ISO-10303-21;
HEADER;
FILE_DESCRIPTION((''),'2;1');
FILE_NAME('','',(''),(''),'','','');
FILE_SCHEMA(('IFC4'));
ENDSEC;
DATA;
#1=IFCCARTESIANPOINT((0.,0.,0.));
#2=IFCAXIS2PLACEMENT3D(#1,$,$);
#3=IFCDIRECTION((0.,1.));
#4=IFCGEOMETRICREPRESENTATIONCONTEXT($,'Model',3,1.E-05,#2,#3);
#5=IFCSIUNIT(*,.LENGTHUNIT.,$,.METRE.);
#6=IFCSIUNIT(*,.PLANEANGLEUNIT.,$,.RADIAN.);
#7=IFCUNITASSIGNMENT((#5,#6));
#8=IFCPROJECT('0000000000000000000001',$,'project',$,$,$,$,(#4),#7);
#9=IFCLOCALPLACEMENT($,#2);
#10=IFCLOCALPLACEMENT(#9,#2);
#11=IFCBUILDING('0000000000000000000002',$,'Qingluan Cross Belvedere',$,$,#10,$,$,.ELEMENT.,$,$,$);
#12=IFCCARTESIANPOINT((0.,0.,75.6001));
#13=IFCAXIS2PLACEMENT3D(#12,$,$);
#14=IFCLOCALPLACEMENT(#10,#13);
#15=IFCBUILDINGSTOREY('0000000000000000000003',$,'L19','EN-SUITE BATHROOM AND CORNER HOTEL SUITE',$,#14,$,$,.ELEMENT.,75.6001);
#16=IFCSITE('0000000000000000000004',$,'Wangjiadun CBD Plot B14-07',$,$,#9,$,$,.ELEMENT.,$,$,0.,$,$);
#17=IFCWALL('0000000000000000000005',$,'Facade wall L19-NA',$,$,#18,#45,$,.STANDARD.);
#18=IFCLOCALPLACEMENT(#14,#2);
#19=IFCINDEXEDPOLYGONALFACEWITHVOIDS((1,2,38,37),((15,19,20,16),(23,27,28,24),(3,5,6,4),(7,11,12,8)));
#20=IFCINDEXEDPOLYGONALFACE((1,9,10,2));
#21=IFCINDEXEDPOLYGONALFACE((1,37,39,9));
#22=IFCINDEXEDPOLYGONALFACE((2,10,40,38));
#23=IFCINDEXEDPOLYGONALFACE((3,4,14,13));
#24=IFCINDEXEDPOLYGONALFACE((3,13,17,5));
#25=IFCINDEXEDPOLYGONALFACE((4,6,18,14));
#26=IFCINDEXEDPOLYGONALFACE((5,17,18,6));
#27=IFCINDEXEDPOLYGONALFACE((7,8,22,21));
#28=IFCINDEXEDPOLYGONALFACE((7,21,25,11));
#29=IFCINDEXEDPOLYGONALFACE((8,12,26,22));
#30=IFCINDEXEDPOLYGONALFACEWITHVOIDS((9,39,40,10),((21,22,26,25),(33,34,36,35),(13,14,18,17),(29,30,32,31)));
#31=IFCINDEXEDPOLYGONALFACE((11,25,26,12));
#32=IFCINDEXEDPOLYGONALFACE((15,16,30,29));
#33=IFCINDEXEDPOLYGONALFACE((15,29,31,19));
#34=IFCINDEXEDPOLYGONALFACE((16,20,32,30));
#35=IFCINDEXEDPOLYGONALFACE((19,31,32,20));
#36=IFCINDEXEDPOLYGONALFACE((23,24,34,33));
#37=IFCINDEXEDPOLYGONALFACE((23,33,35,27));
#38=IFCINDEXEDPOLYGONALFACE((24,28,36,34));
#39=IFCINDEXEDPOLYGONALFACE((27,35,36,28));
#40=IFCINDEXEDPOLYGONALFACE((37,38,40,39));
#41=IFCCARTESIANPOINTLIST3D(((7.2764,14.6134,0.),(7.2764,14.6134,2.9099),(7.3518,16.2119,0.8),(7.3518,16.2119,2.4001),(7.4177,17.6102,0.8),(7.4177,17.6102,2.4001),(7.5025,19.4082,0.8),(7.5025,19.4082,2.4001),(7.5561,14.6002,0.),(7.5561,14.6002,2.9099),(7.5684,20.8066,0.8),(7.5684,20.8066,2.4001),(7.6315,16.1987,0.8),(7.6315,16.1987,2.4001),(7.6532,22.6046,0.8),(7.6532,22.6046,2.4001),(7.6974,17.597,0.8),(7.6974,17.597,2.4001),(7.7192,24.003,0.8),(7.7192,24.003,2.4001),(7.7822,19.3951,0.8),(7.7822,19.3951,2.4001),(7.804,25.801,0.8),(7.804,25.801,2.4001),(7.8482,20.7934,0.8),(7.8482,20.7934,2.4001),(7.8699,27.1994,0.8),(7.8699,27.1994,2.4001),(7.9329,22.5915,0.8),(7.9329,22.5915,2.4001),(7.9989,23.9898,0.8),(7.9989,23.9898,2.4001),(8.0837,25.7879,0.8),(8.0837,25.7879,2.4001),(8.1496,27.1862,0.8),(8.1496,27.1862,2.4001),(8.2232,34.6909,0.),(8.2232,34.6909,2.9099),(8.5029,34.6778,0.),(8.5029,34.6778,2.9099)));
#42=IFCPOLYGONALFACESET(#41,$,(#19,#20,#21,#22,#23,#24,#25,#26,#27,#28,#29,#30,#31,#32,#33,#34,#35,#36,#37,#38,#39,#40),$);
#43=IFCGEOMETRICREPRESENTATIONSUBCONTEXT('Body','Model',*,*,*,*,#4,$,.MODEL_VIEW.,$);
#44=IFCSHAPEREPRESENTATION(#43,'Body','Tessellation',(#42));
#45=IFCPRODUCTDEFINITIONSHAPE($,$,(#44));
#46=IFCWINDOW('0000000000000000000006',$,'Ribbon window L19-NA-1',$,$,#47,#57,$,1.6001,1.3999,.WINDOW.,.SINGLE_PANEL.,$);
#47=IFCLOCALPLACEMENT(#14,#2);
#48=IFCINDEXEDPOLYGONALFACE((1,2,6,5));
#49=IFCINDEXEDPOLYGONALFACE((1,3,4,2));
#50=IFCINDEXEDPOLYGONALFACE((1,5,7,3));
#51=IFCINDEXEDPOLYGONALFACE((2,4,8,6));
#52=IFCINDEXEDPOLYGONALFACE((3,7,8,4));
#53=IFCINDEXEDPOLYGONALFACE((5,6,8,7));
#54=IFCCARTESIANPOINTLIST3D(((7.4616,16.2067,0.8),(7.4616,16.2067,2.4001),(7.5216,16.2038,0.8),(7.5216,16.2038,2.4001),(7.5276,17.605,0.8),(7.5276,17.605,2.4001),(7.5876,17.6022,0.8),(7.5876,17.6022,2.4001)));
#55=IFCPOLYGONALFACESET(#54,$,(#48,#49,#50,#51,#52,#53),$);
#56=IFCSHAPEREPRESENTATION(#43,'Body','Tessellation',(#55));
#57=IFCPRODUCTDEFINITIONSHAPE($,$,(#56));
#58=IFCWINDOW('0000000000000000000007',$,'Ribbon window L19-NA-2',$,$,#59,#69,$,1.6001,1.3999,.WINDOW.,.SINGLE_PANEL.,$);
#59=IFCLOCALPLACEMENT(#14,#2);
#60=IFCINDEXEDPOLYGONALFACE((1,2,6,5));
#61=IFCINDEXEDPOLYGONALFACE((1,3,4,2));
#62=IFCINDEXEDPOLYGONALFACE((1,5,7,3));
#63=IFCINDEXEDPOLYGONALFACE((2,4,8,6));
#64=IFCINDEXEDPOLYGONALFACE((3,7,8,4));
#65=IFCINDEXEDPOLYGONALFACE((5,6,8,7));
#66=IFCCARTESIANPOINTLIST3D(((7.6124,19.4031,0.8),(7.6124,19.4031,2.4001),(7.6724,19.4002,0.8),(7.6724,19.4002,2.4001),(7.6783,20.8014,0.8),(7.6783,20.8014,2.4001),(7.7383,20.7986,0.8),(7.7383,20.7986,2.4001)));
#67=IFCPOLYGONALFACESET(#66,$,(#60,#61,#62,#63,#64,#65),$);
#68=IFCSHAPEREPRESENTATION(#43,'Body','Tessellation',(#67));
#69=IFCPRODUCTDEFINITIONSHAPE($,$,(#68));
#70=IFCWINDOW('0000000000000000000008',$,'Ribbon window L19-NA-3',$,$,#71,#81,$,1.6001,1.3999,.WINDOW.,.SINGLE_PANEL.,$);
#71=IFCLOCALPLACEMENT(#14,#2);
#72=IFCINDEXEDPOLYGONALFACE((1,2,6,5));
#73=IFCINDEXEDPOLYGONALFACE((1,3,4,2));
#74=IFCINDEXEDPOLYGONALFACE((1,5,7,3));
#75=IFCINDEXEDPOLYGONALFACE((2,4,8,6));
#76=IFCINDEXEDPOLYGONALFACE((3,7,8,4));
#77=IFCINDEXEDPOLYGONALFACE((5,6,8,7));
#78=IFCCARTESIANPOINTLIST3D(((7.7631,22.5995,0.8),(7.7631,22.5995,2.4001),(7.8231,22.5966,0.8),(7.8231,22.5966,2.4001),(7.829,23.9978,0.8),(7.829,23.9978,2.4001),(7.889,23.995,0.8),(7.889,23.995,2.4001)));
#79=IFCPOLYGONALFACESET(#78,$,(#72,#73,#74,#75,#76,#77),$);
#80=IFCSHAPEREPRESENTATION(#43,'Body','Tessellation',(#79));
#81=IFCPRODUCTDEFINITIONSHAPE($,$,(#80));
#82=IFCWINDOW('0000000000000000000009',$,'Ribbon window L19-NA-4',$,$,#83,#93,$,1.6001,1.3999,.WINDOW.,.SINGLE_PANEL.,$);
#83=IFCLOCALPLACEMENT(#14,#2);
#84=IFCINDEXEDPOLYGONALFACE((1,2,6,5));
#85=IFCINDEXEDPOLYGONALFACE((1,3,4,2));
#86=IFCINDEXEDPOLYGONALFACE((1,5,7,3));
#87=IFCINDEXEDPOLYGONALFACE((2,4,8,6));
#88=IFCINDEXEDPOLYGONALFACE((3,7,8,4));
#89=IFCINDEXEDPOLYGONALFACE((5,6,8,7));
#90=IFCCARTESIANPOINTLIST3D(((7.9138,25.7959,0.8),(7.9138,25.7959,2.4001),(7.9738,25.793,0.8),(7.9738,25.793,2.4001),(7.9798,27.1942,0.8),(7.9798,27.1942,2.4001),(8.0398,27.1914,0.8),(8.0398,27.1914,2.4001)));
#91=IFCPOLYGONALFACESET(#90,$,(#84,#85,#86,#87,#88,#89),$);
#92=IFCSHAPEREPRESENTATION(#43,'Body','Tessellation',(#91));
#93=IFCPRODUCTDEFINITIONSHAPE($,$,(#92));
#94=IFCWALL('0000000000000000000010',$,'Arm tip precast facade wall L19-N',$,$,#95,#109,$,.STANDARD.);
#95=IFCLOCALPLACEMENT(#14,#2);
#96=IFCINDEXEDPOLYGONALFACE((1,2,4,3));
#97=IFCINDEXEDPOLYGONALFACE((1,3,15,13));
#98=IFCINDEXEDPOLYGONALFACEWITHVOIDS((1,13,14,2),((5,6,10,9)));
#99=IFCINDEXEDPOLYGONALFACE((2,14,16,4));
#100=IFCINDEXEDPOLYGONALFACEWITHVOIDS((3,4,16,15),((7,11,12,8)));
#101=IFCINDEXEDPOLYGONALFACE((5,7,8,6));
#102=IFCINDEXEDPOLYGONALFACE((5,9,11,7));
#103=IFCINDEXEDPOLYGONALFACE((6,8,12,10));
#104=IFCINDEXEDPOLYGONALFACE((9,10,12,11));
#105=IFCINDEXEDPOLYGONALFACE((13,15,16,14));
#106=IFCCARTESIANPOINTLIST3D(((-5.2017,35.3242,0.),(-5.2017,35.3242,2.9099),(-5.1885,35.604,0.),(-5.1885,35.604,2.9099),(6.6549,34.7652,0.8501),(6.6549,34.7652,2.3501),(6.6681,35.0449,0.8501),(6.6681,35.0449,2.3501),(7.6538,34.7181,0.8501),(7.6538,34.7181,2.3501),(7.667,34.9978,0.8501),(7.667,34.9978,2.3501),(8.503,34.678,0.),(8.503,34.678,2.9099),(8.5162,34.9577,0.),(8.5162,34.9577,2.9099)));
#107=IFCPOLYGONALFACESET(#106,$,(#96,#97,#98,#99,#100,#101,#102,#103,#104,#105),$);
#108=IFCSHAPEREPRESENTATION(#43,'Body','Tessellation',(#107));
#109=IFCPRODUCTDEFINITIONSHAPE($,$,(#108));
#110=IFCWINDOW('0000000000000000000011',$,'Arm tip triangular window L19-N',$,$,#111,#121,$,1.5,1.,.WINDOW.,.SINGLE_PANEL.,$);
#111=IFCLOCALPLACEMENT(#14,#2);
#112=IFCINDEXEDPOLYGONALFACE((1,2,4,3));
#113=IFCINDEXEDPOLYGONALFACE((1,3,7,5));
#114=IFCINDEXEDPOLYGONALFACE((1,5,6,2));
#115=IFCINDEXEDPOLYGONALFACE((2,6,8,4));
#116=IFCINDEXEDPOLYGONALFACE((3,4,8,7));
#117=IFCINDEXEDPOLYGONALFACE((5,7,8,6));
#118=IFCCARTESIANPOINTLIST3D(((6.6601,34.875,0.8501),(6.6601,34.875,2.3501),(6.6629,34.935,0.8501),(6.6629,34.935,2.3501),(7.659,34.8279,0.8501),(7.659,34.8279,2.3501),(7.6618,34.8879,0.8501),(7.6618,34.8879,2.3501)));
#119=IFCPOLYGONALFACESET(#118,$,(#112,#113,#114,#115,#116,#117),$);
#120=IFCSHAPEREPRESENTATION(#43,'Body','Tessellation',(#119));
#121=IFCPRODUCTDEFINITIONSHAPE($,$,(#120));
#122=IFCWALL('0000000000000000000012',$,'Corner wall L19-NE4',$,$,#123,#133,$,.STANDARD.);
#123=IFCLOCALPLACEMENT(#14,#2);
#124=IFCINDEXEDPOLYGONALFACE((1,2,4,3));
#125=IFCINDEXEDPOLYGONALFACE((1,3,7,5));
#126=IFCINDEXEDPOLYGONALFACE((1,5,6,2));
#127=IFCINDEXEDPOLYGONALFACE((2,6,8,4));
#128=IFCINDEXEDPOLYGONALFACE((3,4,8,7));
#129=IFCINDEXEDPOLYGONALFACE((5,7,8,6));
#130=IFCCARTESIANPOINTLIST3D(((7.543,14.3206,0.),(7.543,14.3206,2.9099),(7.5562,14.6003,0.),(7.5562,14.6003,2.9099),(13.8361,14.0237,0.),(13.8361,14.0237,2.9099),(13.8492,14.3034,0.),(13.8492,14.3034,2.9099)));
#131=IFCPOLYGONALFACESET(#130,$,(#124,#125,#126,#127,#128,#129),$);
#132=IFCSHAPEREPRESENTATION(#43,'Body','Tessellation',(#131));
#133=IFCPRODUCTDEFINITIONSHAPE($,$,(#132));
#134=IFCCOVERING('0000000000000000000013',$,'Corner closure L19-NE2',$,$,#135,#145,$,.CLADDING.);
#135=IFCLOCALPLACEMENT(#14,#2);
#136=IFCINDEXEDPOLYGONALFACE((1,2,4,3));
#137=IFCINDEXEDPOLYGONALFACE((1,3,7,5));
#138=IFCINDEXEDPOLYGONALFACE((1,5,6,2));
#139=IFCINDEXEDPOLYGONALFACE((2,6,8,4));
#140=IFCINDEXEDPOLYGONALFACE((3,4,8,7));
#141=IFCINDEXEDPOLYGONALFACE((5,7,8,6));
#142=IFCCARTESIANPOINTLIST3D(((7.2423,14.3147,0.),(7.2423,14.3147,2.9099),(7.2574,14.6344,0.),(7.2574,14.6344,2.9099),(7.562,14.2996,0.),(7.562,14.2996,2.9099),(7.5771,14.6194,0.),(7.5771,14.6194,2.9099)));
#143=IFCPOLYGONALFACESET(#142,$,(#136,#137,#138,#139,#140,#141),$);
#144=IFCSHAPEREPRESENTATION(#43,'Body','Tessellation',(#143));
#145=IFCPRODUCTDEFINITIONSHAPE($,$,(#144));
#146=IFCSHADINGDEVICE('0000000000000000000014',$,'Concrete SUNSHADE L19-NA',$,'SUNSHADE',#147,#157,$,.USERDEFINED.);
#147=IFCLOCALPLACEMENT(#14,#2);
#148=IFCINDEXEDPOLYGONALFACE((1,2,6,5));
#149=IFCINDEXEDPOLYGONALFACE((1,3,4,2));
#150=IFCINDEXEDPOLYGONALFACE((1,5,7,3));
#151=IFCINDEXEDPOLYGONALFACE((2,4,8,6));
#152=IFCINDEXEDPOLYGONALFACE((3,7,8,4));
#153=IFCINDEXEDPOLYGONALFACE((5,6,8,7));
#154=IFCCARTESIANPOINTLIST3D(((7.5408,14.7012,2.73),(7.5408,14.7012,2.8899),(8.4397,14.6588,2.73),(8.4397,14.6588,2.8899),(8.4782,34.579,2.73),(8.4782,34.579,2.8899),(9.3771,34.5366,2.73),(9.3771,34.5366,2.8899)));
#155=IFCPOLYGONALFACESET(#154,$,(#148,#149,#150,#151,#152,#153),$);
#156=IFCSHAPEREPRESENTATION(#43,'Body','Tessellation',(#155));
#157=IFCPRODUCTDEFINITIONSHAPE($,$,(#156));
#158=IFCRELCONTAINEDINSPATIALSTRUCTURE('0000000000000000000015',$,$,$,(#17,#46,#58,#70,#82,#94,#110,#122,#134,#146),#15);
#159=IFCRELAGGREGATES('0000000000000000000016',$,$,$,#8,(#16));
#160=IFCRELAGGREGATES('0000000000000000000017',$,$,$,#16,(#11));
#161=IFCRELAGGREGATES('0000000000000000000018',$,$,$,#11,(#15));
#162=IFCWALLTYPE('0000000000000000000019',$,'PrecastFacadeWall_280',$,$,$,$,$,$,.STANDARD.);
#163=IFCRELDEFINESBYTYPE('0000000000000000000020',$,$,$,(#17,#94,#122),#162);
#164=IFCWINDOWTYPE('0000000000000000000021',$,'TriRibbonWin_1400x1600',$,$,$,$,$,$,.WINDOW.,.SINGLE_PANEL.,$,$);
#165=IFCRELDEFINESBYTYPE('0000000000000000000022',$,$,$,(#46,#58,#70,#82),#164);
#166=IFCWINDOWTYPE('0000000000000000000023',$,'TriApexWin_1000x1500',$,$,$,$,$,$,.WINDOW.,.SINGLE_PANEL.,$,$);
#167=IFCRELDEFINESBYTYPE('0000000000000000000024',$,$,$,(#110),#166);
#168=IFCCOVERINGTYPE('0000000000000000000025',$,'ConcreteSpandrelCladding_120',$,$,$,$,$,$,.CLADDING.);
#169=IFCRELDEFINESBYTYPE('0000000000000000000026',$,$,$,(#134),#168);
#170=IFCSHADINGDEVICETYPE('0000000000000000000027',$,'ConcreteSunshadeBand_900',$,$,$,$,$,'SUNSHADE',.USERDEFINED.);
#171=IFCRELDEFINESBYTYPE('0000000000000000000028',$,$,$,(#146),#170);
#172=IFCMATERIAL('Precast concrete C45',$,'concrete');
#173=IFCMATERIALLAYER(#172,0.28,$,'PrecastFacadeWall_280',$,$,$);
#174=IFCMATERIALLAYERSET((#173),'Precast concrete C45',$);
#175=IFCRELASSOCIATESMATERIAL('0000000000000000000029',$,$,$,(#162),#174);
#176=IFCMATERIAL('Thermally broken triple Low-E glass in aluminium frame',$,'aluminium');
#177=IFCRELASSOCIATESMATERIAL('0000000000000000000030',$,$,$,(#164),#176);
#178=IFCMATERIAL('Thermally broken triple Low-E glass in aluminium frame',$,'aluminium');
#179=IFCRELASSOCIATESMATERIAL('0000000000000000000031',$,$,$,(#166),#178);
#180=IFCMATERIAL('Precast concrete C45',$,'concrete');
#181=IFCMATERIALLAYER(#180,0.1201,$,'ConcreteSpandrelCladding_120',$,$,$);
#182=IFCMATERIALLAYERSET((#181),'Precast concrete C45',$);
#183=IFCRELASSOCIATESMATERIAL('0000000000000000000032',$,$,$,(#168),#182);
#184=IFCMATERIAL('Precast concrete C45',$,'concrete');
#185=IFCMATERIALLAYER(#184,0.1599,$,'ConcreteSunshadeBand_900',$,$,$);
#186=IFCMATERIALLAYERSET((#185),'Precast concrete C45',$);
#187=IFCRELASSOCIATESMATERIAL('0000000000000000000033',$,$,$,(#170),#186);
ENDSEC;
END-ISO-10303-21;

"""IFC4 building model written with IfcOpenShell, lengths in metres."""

from ifc_helpers import new_model, si_unit, direction, frame, frame_2d, origin, origin_2d, place, context, subcontext, project, spatial, rectangle, extrude, material, layer, layer_set, type_object, element, fill, save


model = new_model("IFC4")

# Units and contexts
model_context = context("Model", 3, precision=1e-05, world=origin(), true_north=direction((0.0, 1.0)))
body_context = subcontext(model_context, "Body", "Model", "MODEL_VIEW")
ifc_project = project(units=[si_unit("LENGTHUNIT", "METRE"), si_unit("PLANEANGLEUNIT", "RADIAN")], contexts=[model_context])

# Site, building, storey
site_placement = place(None, origin())
site = spatial("IfcSite", under=ifc_project, at=site_placement, Name="Wangjiadun CBD Plot B14-07", CompositionType="ELEMENT", RefElevation=0.0)
building_placement = place(site_placement, origin())
building = spatial("IfcBuilding", under=site, at=building_placement, Name="Qingluan Cross Belvedere", CompositionType="ELEMENT")
storey_placement = place(building_placement, frame((0.0, 0.0, 75.6001)))
storey = spatial("IfcBuildingStorey", under=building, at=storey_placement, Name="L19", Description="EN-SUITE BATHROOM AND CORNER HOTEL SUITE", CompositionType="ELEMENT", Elevation=75.6001)

# Wall, openings, windows
ifc_material_1 = material(Name="Precast concrete C45", Category="concrete")
ifc_layer_1 = layer(ifc_material_1, 0.28, Name="PrecastFacadeWall_280")
ifc_layer_set_1 = layer_set([ifc_layer_1], Name="Precast concrete C45")
wall_type_1 = type_object("IfcWallType", Name="PrecastFacadeWall_280", PredefinedType="STANDARD", material=ifc_layer_set_1)
wall_1_placement = place(storey_placement, frame((7.4163, 14.6069, 0.0), z_axis=(0.0, 0.0, 1.0), x_axis=(0.047103, 0.99889, 0.0)))
wall_1 = element("IfcWall", 1, at=wall_1_placement, inside=storey, type_object=wall_type_1, Name="Facade wall L19-NA", PredefinedType="STANDARD", context=body_context, shape_type="SweptSolid", body=[
    extrude(rectangle(XDim=20.0999, YDim=0.28, at=frame_2d((10.0498, 0.0))), origin(), (0.0, 0.0, 1.0), 2.9099),
])
opening_1_placement = place(wall_1_placement, frame((1.6001, 0.0, 0.8)))
opening_1 = element("IfcOpeningElement", 2, at=opening_1_placement, cuts=wall_1, PredefinedType="OPENING", context=body_context, shape_type="SweptSolid", body=[
    extrude(rectangle(XDim=1.3999, YDim=1.6001, at=frame_2d((0.7, 0.8))), frame((0.0, 0.1499, 0.0), z_axis=(0.0, -1.0, 0.0), x_axis=(1.0, 0.0, 0.0)), (0.0, 0.0, 1.0), 0.3),
])
opening_2_placement = place(wall_1_placement, frame((4.8, 0.0, 0.8)))
opening_2 = element("IfcOpeningElement", 3, at=opening_2_placement, cuts=wall_1, PredefinedType="OPENING", context=body_context, shape_type="SweptSolid", body=[
    extrude(rectangle(XDim=1.3999, YDim=1.6001, at=frame_2d((0.7, 0.8))), frame((0.0, 0.1499, 0.0), z_axis=(0.0, -1.0, 0.0), x_axis=(1.0, 0.0, 0.0)), (0.0, 0.0, 1.0), 0.3),
])
opening_3_placement = place(wall_1_placement, frame((8.0, 0.0, 0.8)))
opening_3 = element("IfcOpeningElement", 4, at=opening_3_placement, cuts=wall_1, PredefinedType="OPENING", context=body_context, shape_type="SweptSolid", body=[
    extrude(rectangle(XDim=1.3999, YDim=1.6001, at=frame_2d((0.7, 0.8))), frame((0.0, 0.1499, 0.0), z_axis=(0.0, -1.0, 0.0), x_axis=(1.0, 0.0, 0.0)), (0.0, 0.0, 1.0), 0.3),
])
opening_4_placement = place(wall_1_placement, frame((11.2, 0.0, 0.8)))
opening_4 = element("IfcOpeningElement", 5, at=opening_4_placement, cuts=wall_1, PredefinedType="OPENING", context=body_context, shape_type="SweptSolid", body=[
    extrude(rectangle(XDim=1.3999, YDim=1.6001, at=frame_2d((0.7, 0.8))), frame((0.0, 0.1499, 0.0), z_axis=(0.0, -1.0, 0.0), x_axis=(1.0, 0.0, 0.0)), (0.0, 0.0, 1.0), 0.3),
])
ifc_material_2 = material(Name="Thermally broken triple Low-E glass in aluminium frame", Category="aluminium")
window_type_1 = type_object("IfcWindowType", Name="TriRibbonWin_1400x1600", PartitioningType="SINGLE_PANEL", PredefinedType="WINDOW", material=ifc_material_2)
window_1_placement = place(opening_1_placement, origin())
window_1 = element("IfcWindow", 6, at=window_1_placement, inside=storey, type_object=window_type_1, Name="Ribbon window L19-NA-1", OverallHeight=1.6001, OverallWidth=1.3999, PartitioningType="SINGLE_PANEL", PredefinedType="WINDOW", context=body_context, shape_type="SweptSolid", body=[
    extrude(rectangle(XDim=1.3999, YDim=1.6001, at=frame_2d((0.7, 0.8))), frame((0.0, 0.03, 0.0), z_axis=(0.0, -1.0, 0.0), x_axis=(1.0, 0.0, 0.0)), (0.0, 0.0, 1.0), 0.0601),
])
fill(opening_1, window_1)
window_2_placement = place(opening_2_placement, origin())
window_2 = element("IfcWindow", 7, at=window_2_placement, inside=storey, type_object=window_type_1, Name="Ribbon window L19-NA-2", OverallHeight=1.6001, OverallWidth=1.3999, PartitioningType="SINGLE_PANEL", PredefinedType="WINDOW", context=body_context, shape_type="SweptSolid", body=[
    extrude(rectangle(XDim=1.3999, YDim=1.6001, at=frame_2d((0.7, 0.8))), frame((0.0, 0.03, 0.0), z_axis=(0.0, -1.0, 0.0), x_axis=(1.0, 0.0, 0.0)), (0.0, 0.0, 1.0), 0.0601),
])
fill(opening_2, window_2)
window_3_placement = place(opening_3_placement, origin())
window_3 = element("IfcWindow", 8, at=window_3_placement, inside=storey, type_object=window_type_1, Name="Ribbon window L19-NA-3", OverallHeight=1.6001, OverallWidth=1.3999, PartitioningType="SINGLE_PANEL", PredefinedType="WINDOW", context=body_context, shape_type="SweptSolid", body=[
    extrude(rectangle(XDim=1.3999, YDim=1.6001, at=frame_2d((0.7, 0.8))), frame((0.0, 0.03, 0.0), z_axis=(0.0, -1.0, 0.0), x_axis=(1.0, 0.0, 0.0)), (0.0, 0.0, 1.0), 0.0601),
])
fill(opening_3, window_3)
window_4_placement = place(opening_4_placement, origin())
window_4 = element("IfcWindow", 9, at=window_4_placement, inside=storey, type_object=window_type_1, Name="Ribbon window L19-NA-4", OverallHeight=1.6001, OverallWidth=1.3999, PartitioningType="SINGLE_PANEL", PredefinedType="WINDOW", context=body_context, shape_type="SweptSolid", body=[
    extrude(rectangle(XDim=1.3999, YDim=1.6001, at=frame_2d((0.7, 0.8))), frame((0.0, 0.03, 0.0), z_axis=(0.0, -1.0, 0.0), x_axis=(1.0, 0.0, 0.0)), (0.0, 0.0, 1.0), 0.0601),
])
fill(opening_4, window_4)

# Wall, opening, window
wall_2_placement = place(storey_placement, frame((8.5095, 34.8179, 0.0), z_axis=(0.0, 0.0, 1.0), x_axis=(-0.99889, 0.047102, 0.0)))
wall_2 = element("IfcWall", 10, at=wall_2_placement, inside=storey, type_object=wall_type_1, Name="Arm tip precast facade wall L19-N", PredefinedType="STANDARD", context=body_context, shape_type="SweptSolid", body=[
    extrude(rectangle(XDim=13.72, YDim=0.28, at=frame_2d((6.8599, 0.0))), origin(), (0.0, 0.0, 1.0), 2.9099),
])
opening_5_placement = place(wall_2_placement, frame((0.8501, 0.0, 0.8501)))
opening_5 = element("IfcOpeningElement", 11, at=opening_5_placement, cuts=wall_2, PredefinedType="OPENING", context=body_context, shape_type="SweptSolid", body=[
    extrude(rectangle(XDim=1.0, YDim=1.5, at=frame_2d((0.5, 0.75))), frame((0.0, 0.1499, 0.0), z_axis=(0.0, -1.0, 0.0), x_axis=(1.0, 0.0, 0.0)), (0.0, 0.0, 1.0), 0.3),
])
ifc_material_3 = material(Name="Thermally broken triple Low-E glass in aluminium frame", Category="aluminium")
window_type_2 = type_object("IfcWindowType", Name="TriApexWin_1000x1500", PartitioningType="SINGLE_PANEL", PredefinedType="WINDOW", material=ifc_material_3)
window_5_placement = place(opening_5_placement, origin())
window_5 = element("IfcWindow", 12, at=window_5_placement, inside=storey, type_object=window_type_2, Name="Arm tip triangular window L19-N", OverallHeight=1.5, OverallWidth=1.0, PartitioningType="SINGLE_PANEL", PredefinedType="WINDOW", context=body_context, shape_type="SweptSolid", body=[
    extrude(rectangle(XDim=1.0, YDim=1.5, at=frame_2d((0.5, 0.75))), frame((0.0, 0.03, 0.0), z_axis=(0.0, -1.0, 0.0), x_axis=(1.0, 0.0, 0.0)), (0.0, 0.0, 1.0), 0.0601),
])
fill(opening_5, window_5)

# Wall
wall_3_placement = place(storey_placement, frame((13.8425, 14.1636, 0.0), z_axis=(0.0, 0.0, 1.0), x_axis=(-0.998889, 0.047123, 0.0)))
element("IfcWall", 13, at=wall_3_placement, inside=storey, type_object=wall_type_1, Name="Corner wall L19-NE4", PredefinedType="STANDARD", context=body_context, shape_type="SweptSolid", body=[
    extrude(rectangle(XDim=6.3, YDim=0.28, at=frame_2d((3.1499, 0.0))), origin(), (0.0, 0.0, 1.0), 2.9099),
])

# Covering
ifc_material_4 = material(Name="Precast concrete C45", Category="concrete")
ifc_layer_2 = layer(ifc_material_4, 0.1201, Name="ConcreteSpandrelCladding_120")
ifc_layer_set_2 = layer_set([ifc_layer_2], Name="Precast concrete C45")
covering_type = type_object("IfcCoveringType", Name="ConcreteSpandrelCladding_120", PredefinedType="CLADDING", material=ifc_layer_set_2)
covering_placement = place(storey_placement, frame((7.4097, 14.467, 0.0), z_axis=(0.0, 0.0, 1.0), x_axis=(0.99889, -0.047106, 0.0)))
element("IfcCovering", 14, at=covering_placement, inside=storey, type_object=covering_type, Name="Corner closure L19-NE2", PredefinedType="CLADDING", context=body_context, shape_type="SweptSolid", body=[
    extrude(rectangle(XDim=0.3201, YDim=0.3201, at=origin_2d()), origin(), (0.0, 0.0, 1.0), 2.9099),
])

# Shading device
ifc_material_5 = material(Name="Precast concrete C45", Category="concrete")
ifc_layer_3 = layer(ifc_material_5, 0.1599, Name="ConcreteSunshadeBand_900")
ifc_layer_set_3 = layer_set([ifc_layer_3], Name="Precast concrete C45")
shading_device_type = type_object("IfcShadingDeviceType", Name="ConcreteSunshadeBand_900", ElementType="SUNSHADE", PredefinedType="USERDEFINED", material=ifc_layer_set_3)
shading_device_placement = place(storey_placement, frame((8.459, 24.6189, 2.73), z_axis=(0.0, 0.0, 1.0), x_axis=(0.047105, 0.99889, 0.0)))
element("IfcShadingDevice", 15, at=shading_device_placement, inside=storey, type_object=shading_device_type, Name="Concrete SUNSHADE L19-NA", ObjectType="SUNSHADE", PredefinedType="USERDEFINED", context=body_context, shape_type="SweptSolid", body=[
    extrude(rectangle(XDim=19.8999, YDim=0.8999, at=origin_2d()), origin(), (0.0, 0.0, 1.0), 0.1599),
])

save(model, "model.ifc")
